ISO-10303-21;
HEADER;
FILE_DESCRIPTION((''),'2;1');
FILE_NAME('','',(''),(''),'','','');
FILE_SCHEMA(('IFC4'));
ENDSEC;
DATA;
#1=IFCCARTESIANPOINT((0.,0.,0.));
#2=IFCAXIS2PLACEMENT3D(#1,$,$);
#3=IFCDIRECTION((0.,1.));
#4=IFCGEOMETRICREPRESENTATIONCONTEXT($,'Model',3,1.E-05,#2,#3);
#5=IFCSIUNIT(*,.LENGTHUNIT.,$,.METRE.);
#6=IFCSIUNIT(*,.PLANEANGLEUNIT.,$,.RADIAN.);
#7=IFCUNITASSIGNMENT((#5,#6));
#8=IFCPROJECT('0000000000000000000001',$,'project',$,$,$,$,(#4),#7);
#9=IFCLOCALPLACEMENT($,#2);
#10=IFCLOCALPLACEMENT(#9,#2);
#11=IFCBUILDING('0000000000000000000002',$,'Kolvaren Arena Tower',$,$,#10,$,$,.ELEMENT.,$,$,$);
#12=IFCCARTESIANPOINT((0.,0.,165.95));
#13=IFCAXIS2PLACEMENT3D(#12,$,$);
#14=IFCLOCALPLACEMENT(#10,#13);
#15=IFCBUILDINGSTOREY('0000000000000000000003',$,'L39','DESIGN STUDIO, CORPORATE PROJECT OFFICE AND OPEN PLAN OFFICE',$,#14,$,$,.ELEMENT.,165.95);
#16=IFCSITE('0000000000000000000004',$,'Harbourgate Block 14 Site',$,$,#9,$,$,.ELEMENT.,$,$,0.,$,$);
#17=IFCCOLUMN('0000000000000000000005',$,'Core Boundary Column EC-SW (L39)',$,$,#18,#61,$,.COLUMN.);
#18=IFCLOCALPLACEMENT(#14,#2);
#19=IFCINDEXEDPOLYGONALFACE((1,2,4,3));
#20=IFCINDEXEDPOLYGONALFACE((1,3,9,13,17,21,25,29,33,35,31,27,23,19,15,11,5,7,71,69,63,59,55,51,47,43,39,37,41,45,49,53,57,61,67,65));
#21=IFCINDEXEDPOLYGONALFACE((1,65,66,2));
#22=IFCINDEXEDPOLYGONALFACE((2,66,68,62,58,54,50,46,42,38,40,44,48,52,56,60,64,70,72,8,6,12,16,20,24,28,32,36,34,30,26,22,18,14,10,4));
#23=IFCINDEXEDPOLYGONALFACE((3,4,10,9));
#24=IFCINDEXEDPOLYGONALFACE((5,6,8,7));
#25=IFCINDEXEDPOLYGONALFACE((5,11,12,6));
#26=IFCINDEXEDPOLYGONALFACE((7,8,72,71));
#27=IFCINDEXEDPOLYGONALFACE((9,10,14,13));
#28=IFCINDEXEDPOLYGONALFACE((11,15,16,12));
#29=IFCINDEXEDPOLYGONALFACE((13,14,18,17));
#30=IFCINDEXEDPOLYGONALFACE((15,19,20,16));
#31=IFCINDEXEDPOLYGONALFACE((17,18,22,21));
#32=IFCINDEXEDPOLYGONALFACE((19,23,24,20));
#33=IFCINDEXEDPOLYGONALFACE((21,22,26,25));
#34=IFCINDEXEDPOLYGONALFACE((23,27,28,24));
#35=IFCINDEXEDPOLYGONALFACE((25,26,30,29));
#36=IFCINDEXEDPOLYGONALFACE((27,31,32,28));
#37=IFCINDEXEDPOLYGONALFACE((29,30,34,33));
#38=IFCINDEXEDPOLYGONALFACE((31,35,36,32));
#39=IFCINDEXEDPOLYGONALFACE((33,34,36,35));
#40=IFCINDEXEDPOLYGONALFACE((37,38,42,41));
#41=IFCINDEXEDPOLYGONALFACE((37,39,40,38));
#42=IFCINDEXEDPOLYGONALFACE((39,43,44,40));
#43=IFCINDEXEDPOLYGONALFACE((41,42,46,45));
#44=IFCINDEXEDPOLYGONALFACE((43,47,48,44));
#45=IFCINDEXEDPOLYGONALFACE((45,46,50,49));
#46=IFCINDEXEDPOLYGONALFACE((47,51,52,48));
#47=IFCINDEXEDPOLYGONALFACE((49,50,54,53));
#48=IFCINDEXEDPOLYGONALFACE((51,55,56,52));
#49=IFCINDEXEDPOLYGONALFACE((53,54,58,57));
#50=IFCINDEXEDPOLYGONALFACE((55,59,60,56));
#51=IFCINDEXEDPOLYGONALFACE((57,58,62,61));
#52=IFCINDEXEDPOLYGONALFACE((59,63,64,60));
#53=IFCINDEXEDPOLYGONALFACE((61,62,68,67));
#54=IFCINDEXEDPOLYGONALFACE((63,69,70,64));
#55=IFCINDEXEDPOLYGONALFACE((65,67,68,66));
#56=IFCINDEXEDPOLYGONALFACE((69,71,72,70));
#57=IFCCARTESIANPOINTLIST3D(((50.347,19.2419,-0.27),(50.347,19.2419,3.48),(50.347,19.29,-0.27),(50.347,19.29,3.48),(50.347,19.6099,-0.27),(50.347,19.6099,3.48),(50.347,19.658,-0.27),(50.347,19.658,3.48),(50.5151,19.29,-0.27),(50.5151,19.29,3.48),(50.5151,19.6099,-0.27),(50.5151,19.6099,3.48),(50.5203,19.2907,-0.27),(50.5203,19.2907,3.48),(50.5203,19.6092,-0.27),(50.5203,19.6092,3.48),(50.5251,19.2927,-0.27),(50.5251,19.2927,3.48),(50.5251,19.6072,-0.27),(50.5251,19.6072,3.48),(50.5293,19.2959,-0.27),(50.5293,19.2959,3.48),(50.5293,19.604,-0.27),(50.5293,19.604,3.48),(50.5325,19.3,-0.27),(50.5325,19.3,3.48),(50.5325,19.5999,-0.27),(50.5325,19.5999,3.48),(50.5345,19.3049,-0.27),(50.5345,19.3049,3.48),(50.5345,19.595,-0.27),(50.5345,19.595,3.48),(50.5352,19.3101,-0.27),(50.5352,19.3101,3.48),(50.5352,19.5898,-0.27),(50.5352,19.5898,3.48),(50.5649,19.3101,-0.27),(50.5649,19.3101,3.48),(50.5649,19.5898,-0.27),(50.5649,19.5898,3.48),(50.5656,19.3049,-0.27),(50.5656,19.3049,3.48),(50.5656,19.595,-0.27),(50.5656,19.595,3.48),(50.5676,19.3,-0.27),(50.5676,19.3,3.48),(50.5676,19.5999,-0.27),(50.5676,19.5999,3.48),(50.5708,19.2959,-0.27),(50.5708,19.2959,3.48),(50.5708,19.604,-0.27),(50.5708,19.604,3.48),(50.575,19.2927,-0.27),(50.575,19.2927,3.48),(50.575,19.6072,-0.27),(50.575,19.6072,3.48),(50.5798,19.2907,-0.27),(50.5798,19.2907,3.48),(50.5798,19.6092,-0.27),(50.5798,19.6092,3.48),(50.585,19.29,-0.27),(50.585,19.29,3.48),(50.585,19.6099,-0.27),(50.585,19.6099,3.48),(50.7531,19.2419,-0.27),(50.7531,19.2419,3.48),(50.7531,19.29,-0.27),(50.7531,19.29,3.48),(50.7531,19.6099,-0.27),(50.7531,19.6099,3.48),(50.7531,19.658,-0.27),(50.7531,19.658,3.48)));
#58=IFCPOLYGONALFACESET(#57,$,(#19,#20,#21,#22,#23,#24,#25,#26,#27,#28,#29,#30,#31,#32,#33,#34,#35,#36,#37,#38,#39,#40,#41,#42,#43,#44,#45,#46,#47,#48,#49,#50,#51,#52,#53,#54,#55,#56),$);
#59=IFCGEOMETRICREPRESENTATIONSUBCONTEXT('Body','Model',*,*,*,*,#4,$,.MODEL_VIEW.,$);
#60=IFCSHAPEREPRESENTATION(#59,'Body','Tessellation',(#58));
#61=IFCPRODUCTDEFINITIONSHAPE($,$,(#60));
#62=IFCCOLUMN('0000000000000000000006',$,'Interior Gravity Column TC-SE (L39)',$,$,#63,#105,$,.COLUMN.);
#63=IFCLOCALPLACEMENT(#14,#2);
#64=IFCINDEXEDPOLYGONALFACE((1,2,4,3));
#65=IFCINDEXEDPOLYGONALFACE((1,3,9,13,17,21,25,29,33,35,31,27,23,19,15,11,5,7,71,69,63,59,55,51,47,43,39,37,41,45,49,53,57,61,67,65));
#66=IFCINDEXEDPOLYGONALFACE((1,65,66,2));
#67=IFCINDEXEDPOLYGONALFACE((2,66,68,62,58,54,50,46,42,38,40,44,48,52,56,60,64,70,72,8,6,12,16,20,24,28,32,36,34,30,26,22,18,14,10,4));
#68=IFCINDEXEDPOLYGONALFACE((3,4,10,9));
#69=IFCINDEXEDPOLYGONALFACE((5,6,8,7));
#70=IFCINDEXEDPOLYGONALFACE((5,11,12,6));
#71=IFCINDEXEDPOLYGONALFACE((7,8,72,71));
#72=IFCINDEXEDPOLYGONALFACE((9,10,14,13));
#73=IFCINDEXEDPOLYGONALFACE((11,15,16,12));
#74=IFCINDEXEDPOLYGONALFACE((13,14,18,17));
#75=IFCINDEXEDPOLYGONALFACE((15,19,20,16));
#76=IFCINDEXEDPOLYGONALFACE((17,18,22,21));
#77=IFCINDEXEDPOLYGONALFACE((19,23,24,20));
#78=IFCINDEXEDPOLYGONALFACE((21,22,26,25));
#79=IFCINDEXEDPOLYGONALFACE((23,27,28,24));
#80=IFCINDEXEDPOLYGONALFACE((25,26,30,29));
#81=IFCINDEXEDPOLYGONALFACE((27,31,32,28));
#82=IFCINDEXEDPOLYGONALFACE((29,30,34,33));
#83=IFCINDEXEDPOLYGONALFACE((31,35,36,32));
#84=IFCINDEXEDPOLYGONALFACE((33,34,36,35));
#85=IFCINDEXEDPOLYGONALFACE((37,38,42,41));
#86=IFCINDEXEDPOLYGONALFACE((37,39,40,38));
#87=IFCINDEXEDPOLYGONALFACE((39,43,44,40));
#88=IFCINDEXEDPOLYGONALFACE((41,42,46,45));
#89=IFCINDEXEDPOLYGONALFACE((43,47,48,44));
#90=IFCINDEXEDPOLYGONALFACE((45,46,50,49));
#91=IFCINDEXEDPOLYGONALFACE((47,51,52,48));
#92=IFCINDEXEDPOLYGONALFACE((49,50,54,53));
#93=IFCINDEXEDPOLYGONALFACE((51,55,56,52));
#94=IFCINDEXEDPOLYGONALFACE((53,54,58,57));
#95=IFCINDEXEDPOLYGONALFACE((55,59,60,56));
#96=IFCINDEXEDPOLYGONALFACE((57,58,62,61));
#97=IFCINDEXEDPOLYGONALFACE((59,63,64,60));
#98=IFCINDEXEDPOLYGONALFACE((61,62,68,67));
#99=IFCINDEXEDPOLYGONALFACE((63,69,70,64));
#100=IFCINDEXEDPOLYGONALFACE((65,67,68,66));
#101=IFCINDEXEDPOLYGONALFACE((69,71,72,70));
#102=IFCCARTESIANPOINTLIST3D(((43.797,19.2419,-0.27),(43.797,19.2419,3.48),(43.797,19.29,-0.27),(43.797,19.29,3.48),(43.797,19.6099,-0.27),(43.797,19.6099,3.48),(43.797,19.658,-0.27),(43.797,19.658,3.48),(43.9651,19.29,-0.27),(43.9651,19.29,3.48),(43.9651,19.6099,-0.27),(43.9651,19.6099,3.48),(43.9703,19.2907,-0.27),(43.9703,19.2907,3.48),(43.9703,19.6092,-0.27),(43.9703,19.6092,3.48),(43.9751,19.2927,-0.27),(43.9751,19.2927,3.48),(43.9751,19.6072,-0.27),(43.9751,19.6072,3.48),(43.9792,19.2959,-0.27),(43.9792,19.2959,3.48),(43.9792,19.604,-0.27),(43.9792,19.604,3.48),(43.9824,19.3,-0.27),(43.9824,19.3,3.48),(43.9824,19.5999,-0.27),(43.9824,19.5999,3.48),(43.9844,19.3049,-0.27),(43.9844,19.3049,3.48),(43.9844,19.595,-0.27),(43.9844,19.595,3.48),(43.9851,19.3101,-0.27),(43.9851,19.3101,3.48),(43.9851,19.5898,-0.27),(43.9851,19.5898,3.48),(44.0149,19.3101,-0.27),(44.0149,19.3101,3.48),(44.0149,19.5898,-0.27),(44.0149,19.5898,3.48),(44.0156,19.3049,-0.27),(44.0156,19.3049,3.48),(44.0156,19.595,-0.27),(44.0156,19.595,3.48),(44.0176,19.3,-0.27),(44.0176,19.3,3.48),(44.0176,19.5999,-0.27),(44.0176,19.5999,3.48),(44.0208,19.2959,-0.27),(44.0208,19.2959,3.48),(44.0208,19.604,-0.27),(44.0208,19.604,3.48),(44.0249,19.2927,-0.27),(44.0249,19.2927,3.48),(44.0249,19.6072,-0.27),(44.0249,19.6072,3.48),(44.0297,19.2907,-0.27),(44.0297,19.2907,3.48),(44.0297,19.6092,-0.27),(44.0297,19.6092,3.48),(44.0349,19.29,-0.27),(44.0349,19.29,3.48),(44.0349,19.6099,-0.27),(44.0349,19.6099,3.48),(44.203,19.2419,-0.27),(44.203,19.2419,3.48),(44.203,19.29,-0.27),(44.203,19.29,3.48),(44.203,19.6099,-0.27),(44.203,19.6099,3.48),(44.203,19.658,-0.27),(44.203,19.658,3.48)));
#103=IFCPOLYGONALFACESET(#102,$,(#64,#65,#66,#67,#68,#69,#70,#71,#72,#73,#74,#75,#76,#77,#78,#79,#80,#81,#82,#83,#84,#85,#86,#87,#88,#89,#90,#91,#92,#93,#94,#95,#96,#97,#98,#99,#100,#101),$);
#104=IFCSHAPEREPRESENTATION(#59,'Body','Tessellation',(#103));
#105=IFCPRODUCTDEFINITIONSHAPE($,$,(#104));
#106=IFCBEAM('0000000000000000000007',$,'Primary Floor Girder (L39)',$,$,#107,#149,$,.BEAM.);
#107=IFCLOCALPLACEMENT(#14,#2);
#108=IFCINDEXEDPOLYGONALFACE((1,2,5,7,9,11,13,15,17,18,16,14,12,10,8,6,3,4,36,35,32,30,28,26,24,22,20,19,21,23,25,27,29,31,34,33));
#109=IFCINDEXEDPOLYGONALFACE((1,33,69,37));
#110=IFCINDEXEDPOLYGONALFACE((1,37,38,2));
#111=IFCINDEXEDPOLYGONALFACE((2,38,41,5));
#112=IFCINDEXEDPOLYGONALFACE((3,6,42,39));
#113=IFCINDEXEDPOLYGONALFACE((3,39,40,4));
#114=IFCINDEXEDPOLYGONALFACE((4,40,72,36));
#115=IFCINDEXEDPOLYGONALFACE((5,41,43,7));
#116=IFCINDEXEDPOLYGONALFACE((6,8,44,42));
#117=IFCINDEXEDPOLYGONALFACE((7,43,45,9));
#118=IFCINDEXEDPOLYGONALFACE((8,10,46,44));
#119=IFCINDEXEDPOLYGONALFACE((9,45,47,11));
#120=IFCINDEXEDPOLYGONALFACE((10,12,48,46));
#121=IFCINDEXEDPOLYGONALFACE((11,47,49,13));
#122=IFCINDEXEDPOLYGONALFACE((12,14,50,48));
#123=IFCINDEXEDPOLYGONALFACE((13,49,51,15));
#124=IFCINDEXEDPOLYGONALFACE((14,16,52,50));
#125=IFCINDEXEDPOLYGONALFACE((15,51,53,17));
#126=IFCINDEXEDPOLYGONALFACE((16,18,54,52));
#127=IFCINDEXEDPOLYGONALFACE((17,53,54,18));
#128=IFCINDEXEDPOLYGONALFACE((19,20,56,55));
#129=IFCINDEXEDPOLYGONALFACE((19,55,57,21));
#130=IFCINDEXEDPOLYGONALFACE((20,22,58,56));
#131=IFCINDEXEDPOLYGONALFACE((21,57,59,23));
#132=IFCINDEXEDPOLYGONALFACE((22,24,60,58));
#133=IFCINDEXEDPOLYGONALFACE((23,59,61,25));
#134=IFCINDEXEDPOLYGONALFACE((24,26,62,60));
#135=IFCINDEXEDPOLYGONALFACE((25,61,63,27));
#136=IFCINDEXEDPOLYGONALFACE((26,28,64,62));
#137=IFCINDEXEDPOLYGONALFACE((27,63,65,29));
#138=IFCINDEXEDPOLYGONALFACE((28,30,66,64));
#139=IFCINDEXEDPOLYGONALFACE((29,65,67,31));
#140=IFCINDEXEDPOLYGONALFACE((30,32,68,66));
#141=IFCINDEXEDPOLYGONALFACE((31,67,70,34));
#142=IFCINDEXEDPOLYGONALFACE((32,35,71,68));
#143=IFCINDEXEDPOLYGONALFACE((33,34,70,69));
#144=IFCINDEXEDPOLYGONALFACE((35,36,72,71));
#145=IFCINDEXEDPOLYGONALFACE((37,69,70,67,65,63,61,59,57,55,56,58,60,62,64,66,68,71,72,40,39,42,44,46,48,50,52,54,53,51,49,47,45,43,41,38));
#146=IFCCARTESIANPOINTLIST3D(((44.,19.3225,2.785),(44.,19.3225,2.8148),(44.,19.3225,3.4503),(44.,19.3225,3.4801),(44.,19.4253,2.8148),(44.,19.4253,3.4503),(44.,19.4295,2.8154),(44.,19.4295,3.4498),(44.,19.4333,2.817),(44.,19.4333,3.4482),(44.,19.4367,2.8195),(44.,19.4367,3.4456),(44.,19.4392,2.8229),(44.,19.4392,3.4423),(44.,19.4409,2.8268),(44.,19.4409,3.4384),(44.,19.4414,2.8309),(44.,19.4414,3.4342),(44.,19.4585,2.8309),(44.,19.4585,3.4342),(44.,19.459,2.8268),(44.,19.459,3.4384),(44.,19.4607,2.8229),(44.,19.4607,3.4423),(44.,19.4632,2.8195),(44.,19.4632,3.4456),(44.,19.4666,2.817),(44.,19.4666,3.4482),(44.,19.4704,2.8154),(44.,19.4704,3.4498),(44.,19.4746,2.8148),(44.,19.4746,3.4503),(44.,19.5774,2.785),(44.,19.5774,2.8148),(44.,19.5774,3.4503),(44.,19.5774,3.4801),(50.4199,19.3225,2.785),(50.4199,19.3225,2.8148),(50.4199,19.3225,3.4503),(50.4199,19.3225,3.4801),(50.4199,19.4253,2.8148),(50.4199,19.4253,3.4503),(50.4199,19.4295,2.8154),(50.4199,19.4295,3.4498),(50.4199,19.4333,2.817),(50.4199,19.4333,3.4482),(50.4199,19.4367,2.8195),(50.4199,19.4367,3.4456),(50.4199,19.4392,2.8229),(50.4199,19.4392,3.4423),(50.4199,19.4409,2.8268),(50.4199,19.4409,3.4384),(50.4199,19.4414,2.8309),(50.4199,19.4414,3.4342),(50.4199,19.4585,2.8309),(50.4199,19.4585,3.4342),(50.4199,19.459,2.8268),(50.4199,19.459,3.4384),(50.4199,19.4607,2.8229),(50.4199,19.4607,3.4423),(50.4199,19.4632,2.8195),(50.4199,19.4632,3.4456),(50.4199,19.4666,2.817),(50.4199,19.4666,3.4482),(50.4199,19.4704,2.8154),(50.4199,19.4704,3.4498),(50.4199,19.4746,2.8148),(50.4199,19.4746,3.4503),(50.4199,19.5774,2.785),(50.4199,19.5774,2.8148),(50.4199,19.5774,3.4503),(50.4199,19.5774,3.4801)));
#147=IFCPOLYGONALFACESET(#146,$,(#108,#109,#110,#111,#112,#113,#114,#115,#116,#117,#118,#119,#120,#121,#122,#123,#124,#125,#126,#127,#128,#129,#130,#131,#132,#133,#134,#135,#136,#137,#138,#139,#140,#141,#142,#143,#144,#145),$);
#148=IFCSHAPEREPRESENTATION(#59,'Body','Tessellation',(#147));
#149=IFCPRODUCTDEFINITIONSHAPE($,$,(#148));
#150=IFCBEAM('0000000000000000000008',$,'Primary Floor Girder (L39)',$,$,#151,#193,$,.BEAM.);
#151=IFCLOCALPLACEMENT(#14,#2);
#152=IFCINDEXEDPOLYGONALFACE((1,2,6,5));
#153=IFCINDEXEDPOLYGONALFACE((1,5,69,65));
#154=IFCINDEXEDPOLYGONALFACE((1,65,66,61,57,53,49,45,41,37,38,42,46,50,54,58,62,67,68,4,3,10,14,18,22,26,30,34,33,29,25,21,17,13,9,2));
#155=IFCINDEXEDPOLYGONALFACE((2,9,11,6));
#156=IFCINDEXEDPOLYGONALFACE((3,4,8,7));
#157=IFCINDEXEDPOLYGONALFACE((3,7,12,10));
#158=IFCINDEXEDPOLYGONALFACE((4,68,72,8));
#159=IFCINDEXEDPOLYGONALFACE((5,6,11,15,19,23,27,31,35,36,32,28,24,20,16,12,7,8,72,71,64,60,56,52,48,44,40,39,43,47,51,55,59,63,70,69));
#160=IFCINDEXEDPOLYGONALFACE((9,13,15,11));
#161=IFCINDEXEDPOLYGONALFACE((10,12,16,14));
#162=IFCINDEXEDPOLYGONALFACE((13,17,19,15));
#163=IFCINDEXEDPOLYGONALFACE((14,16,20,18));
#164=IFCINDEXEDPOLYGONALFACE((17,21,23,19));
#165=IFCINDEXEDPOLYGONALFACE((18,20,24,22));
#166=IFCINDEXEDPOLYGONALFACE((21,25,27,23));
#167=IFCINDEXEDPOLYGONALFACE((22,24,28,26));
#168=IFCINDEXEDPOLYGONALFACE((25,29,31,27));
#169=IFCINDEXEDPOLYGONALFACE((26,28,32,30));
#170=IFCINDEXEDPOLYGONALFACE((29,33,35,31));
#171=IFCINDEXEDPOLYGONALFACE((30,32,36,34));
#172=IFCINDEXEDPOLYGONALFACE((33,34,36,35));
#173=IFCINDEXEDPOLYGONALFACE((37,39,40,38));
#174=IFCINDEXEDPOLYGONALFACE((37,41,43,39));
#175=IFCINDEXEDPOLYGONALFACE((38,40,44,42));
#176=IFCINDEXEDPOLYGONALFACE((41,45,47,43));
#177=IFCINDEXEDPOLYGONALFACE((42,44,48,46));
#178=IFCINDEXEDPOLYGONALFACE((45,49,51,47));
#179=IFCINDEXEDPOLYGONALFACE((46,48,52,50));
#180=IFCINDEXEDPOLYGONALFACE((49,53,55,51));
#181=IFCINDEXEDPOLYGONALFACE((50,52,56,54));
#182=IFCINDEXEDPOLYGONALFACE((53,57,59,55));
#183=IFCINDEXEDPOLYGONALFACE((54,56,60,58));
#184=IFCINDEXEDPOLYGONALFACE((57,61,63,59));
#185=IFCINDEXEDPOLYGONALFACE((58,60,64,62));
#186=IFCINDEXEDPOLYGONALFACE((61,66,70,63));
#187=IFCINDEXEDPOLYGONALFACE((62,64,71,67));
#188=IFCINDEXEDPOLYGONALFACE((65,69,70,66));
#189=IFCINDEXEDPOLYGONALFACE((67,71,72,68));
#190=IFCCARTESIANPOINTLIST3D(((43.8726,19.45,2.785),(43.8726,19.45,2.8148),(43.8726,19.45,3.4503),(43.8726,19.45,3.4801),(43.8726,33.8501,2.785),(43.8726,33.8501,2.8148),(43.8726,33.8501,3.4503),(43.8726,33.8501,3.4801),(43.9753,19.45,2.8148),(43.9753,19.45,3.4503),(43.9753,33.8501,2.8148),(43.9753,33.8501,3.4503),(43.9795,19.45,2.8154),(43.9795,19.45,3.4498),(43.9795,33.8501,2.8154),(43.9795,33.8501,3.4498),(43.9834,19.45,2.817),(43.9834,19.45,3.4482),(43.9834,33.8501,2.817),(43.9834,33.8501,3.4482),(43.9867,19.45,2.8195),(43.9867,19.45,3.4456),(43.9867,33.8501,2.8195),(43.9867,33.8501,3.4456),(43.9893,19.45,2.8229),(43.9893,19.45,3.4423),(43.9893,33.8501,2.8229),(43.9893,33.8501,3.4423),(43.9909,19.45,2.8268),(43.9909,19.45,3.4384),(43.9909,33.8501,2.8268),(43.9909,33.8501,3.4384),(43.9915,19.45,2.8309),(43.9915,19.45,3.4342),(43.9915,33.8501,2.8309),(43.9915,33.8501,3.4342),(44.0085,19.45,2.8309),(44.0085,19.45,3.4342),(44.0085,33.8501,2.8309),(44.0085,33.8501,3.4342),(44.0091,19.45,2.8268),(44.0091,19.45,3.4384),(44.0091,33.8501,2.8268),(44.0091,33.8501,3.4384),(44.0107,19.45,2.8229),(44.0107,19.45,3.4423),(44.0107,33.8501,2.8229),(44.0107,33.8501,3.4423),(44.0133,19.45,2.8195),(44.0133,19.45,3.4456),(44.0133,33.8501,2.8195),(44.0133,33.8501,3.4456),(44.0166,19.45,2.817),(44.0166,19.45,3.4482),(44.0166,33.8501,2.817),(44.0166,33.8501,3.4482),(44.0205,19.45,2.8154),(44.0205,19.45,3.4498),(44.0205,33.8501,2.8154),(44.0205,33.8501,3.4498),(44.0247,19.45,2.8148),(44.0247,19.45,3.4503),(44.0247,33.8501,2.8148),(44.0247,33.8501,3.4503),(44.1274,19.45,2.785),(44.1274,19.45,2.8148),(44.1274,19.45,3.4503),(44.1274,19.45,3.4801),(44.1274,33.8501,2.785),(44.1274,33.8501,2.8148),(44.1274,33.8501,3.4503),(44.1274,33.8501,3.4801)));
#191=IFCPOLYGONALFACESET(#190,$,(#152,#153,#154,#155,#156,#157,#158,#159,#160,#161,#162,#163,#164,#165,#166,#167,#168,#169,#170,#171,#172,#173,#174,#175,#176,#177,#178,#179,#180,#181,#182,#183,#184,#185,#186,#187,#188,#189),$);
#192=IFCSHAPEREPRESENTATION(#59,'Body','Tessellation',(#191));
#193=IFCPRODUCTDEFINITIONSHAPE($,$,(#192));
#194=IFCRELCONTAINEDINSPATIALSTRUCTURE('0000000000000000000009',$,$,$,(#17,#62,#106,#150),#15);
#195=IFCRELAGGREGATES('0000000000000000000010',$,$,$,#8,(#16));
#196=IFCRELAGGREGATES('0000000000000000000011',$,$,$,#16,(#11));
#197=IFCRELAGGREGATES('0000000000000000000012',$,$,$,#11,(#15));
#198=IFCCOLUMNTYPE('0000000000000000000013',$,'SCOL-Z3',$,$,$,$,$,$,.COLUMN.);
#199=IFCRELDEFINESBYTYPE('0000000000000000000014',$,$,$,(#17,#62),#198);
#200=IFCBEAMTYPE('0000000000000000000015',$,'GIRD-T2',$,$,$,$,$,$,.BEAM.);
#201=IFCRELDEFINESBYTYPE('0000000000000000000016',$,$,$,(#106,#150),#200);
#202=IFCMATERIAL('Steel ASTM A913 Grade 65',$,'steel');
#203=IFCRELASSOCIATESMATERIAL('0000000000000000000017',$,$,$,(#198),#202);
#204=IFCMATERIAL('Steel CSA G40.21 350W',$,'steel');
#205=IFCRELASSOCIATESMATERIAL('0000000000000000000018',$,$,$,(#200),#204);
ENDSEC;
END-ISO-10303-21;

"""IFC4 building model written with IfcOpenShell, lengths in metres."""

from ifc_helpers import new_model, si_unit, direction, frame, origin, origin_2d, place, context, subcontext, project, spatial, i_section, extrude, material, material_profile, profile_set, type_object, element, save


model = new_model("IFC4")

# Units and contexts
model_context = context("Model", 3, precision=1e-05, world=origin(), true_north=direction((0.0, 1.0)))
body_context = subcontext(model_context, "Body", "Model", "MODEL_VIEW")
ifc_project = project(units=[si_unit("LENGTHUNIT", "METRE"), si_unit("PLANEANGLEUNIT", "RADIAN")], contexts=[model_context])

# Site, building, storey
site_placement = place(None, origin())
site = spatial("IfcSite", under=ifc_project, at=site_placement, Name="Harbourgate Block 14 Site", CompositionType="ELEMENT", RefElevation=0.0)
building_placement = place(site_placement, origin())
building = spatial("IfcBuilding", under=site, at=building_placement, Name="Kolvaren Arena Tower", CompositionType="ELEMENT")
storey_placement = place(building_placement, frame((0.0, 0.0, 165.95)))
storey = spatial("IfcBuildingStorey", under=building, at=storey_placement, Name="L39", Description="DESIGN STUDIO, CORPORATE PROJECT OFFICE AND OPEN PLAN OFFICE", CompositionType="ELEMENT", Elevation=165.95)

# Columns
ifc_material_1 = material(Name="Steel ASTM A913 Grade 65", Category="steel")
ifc_material_profile_1 = material_profile(ifc_material_1, i_section(OverallWidth=0.406, OverallDepth=0.416, WebThickness=0.0298, FlangeThickness=0.0481, FilletRadius=0.02, at=origin_2d()), Name="W360x382")
ifc_profile_set_1 = profile_set([ifc_material_profile_1], Name="Steel ASTM A913 Grade 65")
column_type = type_object("IfcColumnType", Name="SCOL-Z3", PredefinedType="COLUMN", material=ifc_profile_set_1)
for number, where, z_axis, x_axis, name in (
    (1, (50.55, 19.45, -0.27), (0.0, 0.0, 1.0), (1.0, 0.0, 0.0), "Core Boundary Column EC-SW (L39)"),
    (2, (44.0, 19.45, -0.27), (0.0, 0.0, 1.0), (1.0, 0.0, 0.0), "Interior Gravity Column TC-SE (L39)"),
):
    element("IfcColumn", number, at=place(storey_placement, frame(where, z_axis=z_axis, x_axis=x_axis)), inside=storey, type_object=column_type, Name=name, PredefinedType="COLUMN", context=body_context, shape_type="SweptSolid", body=[
        extrude(i_section(OverallWidth=0.406, OverallDepth=0.416, WebThickness=0.0298, FlangeThickness=0.0481, FilletRadius=0.02, at=origin_2d()), origin(), (0.0, 0.0, 1.0), 3.75),
    ])

# Beams
ifc_material_2 = material(Name="Steel CSA G40.21 350W", Category="steel")
ifc_material_profile_2 = material_profile(ifc_material_2, i_section(OverallWidth=0.2549, OverallDepth=0.6951, WebThickness=0.0171, FlangeThickness=0.0298, FilletRadius=0.0161, at=origin_2d()), Name="W690x217")
ifc_profile_set_2 = profile_set([ifc_material_profile_2], Name="Steel CSA G40.21 350W")
beam_type = type_object("IfcBeamType", Name="GIRD-T2", PredefinedType="BEAM", material=ifc_profile_set_2)
beam_1_placement = place(storey_placement, frame((44.0, 19.45, 3.1326), z_axis=(1.0, 0.0, 0.0), x_axis=(0.0, 1.0, 0.0)))
element("IfcBeam", 3, at=beam_1_placement, inside=storey, type_object=beam_type, Name="Primary Floor Girder (L39)", PredefinedType="BEAM", context=body_context, shape_type="SweptSolid", body=[
    extrude(i_section(OverallWidth=0.2549, OverallDepth=0.6951, WebThickness=0.0171, FlangeThickness=0.0298, FilletRadius=0.0161, at=origin_2d()), origin(), (0.0, 0.0, 1.0), 6.4199),
])
beam_2_placement = place(storey_placement, frame((44.0, 19.45, 3.1326), z_axis=(0.0, 1.0, 0.0), x_axis=(-1.0, 0.0, 0.0)))
element("IfcBeam", 4, at=beam_2_placement, inside=storey, type_object=beam_type, Name="Primary Floor Girder (L39)", PredefinedType="BEAM", context=body_context, shape_type="SweptSolid", body=[
    extrude(i_section(OverallWidth=0.2549, OverallDepth=0.6951, WebThickness=0.0171, FlangeThickness=0.0298, FilletRadius=0.0161, at=origin_2d()), origin(), (0.0, 0.0, 1.0), 14.4001),
])

save(model, "model.ifc")
